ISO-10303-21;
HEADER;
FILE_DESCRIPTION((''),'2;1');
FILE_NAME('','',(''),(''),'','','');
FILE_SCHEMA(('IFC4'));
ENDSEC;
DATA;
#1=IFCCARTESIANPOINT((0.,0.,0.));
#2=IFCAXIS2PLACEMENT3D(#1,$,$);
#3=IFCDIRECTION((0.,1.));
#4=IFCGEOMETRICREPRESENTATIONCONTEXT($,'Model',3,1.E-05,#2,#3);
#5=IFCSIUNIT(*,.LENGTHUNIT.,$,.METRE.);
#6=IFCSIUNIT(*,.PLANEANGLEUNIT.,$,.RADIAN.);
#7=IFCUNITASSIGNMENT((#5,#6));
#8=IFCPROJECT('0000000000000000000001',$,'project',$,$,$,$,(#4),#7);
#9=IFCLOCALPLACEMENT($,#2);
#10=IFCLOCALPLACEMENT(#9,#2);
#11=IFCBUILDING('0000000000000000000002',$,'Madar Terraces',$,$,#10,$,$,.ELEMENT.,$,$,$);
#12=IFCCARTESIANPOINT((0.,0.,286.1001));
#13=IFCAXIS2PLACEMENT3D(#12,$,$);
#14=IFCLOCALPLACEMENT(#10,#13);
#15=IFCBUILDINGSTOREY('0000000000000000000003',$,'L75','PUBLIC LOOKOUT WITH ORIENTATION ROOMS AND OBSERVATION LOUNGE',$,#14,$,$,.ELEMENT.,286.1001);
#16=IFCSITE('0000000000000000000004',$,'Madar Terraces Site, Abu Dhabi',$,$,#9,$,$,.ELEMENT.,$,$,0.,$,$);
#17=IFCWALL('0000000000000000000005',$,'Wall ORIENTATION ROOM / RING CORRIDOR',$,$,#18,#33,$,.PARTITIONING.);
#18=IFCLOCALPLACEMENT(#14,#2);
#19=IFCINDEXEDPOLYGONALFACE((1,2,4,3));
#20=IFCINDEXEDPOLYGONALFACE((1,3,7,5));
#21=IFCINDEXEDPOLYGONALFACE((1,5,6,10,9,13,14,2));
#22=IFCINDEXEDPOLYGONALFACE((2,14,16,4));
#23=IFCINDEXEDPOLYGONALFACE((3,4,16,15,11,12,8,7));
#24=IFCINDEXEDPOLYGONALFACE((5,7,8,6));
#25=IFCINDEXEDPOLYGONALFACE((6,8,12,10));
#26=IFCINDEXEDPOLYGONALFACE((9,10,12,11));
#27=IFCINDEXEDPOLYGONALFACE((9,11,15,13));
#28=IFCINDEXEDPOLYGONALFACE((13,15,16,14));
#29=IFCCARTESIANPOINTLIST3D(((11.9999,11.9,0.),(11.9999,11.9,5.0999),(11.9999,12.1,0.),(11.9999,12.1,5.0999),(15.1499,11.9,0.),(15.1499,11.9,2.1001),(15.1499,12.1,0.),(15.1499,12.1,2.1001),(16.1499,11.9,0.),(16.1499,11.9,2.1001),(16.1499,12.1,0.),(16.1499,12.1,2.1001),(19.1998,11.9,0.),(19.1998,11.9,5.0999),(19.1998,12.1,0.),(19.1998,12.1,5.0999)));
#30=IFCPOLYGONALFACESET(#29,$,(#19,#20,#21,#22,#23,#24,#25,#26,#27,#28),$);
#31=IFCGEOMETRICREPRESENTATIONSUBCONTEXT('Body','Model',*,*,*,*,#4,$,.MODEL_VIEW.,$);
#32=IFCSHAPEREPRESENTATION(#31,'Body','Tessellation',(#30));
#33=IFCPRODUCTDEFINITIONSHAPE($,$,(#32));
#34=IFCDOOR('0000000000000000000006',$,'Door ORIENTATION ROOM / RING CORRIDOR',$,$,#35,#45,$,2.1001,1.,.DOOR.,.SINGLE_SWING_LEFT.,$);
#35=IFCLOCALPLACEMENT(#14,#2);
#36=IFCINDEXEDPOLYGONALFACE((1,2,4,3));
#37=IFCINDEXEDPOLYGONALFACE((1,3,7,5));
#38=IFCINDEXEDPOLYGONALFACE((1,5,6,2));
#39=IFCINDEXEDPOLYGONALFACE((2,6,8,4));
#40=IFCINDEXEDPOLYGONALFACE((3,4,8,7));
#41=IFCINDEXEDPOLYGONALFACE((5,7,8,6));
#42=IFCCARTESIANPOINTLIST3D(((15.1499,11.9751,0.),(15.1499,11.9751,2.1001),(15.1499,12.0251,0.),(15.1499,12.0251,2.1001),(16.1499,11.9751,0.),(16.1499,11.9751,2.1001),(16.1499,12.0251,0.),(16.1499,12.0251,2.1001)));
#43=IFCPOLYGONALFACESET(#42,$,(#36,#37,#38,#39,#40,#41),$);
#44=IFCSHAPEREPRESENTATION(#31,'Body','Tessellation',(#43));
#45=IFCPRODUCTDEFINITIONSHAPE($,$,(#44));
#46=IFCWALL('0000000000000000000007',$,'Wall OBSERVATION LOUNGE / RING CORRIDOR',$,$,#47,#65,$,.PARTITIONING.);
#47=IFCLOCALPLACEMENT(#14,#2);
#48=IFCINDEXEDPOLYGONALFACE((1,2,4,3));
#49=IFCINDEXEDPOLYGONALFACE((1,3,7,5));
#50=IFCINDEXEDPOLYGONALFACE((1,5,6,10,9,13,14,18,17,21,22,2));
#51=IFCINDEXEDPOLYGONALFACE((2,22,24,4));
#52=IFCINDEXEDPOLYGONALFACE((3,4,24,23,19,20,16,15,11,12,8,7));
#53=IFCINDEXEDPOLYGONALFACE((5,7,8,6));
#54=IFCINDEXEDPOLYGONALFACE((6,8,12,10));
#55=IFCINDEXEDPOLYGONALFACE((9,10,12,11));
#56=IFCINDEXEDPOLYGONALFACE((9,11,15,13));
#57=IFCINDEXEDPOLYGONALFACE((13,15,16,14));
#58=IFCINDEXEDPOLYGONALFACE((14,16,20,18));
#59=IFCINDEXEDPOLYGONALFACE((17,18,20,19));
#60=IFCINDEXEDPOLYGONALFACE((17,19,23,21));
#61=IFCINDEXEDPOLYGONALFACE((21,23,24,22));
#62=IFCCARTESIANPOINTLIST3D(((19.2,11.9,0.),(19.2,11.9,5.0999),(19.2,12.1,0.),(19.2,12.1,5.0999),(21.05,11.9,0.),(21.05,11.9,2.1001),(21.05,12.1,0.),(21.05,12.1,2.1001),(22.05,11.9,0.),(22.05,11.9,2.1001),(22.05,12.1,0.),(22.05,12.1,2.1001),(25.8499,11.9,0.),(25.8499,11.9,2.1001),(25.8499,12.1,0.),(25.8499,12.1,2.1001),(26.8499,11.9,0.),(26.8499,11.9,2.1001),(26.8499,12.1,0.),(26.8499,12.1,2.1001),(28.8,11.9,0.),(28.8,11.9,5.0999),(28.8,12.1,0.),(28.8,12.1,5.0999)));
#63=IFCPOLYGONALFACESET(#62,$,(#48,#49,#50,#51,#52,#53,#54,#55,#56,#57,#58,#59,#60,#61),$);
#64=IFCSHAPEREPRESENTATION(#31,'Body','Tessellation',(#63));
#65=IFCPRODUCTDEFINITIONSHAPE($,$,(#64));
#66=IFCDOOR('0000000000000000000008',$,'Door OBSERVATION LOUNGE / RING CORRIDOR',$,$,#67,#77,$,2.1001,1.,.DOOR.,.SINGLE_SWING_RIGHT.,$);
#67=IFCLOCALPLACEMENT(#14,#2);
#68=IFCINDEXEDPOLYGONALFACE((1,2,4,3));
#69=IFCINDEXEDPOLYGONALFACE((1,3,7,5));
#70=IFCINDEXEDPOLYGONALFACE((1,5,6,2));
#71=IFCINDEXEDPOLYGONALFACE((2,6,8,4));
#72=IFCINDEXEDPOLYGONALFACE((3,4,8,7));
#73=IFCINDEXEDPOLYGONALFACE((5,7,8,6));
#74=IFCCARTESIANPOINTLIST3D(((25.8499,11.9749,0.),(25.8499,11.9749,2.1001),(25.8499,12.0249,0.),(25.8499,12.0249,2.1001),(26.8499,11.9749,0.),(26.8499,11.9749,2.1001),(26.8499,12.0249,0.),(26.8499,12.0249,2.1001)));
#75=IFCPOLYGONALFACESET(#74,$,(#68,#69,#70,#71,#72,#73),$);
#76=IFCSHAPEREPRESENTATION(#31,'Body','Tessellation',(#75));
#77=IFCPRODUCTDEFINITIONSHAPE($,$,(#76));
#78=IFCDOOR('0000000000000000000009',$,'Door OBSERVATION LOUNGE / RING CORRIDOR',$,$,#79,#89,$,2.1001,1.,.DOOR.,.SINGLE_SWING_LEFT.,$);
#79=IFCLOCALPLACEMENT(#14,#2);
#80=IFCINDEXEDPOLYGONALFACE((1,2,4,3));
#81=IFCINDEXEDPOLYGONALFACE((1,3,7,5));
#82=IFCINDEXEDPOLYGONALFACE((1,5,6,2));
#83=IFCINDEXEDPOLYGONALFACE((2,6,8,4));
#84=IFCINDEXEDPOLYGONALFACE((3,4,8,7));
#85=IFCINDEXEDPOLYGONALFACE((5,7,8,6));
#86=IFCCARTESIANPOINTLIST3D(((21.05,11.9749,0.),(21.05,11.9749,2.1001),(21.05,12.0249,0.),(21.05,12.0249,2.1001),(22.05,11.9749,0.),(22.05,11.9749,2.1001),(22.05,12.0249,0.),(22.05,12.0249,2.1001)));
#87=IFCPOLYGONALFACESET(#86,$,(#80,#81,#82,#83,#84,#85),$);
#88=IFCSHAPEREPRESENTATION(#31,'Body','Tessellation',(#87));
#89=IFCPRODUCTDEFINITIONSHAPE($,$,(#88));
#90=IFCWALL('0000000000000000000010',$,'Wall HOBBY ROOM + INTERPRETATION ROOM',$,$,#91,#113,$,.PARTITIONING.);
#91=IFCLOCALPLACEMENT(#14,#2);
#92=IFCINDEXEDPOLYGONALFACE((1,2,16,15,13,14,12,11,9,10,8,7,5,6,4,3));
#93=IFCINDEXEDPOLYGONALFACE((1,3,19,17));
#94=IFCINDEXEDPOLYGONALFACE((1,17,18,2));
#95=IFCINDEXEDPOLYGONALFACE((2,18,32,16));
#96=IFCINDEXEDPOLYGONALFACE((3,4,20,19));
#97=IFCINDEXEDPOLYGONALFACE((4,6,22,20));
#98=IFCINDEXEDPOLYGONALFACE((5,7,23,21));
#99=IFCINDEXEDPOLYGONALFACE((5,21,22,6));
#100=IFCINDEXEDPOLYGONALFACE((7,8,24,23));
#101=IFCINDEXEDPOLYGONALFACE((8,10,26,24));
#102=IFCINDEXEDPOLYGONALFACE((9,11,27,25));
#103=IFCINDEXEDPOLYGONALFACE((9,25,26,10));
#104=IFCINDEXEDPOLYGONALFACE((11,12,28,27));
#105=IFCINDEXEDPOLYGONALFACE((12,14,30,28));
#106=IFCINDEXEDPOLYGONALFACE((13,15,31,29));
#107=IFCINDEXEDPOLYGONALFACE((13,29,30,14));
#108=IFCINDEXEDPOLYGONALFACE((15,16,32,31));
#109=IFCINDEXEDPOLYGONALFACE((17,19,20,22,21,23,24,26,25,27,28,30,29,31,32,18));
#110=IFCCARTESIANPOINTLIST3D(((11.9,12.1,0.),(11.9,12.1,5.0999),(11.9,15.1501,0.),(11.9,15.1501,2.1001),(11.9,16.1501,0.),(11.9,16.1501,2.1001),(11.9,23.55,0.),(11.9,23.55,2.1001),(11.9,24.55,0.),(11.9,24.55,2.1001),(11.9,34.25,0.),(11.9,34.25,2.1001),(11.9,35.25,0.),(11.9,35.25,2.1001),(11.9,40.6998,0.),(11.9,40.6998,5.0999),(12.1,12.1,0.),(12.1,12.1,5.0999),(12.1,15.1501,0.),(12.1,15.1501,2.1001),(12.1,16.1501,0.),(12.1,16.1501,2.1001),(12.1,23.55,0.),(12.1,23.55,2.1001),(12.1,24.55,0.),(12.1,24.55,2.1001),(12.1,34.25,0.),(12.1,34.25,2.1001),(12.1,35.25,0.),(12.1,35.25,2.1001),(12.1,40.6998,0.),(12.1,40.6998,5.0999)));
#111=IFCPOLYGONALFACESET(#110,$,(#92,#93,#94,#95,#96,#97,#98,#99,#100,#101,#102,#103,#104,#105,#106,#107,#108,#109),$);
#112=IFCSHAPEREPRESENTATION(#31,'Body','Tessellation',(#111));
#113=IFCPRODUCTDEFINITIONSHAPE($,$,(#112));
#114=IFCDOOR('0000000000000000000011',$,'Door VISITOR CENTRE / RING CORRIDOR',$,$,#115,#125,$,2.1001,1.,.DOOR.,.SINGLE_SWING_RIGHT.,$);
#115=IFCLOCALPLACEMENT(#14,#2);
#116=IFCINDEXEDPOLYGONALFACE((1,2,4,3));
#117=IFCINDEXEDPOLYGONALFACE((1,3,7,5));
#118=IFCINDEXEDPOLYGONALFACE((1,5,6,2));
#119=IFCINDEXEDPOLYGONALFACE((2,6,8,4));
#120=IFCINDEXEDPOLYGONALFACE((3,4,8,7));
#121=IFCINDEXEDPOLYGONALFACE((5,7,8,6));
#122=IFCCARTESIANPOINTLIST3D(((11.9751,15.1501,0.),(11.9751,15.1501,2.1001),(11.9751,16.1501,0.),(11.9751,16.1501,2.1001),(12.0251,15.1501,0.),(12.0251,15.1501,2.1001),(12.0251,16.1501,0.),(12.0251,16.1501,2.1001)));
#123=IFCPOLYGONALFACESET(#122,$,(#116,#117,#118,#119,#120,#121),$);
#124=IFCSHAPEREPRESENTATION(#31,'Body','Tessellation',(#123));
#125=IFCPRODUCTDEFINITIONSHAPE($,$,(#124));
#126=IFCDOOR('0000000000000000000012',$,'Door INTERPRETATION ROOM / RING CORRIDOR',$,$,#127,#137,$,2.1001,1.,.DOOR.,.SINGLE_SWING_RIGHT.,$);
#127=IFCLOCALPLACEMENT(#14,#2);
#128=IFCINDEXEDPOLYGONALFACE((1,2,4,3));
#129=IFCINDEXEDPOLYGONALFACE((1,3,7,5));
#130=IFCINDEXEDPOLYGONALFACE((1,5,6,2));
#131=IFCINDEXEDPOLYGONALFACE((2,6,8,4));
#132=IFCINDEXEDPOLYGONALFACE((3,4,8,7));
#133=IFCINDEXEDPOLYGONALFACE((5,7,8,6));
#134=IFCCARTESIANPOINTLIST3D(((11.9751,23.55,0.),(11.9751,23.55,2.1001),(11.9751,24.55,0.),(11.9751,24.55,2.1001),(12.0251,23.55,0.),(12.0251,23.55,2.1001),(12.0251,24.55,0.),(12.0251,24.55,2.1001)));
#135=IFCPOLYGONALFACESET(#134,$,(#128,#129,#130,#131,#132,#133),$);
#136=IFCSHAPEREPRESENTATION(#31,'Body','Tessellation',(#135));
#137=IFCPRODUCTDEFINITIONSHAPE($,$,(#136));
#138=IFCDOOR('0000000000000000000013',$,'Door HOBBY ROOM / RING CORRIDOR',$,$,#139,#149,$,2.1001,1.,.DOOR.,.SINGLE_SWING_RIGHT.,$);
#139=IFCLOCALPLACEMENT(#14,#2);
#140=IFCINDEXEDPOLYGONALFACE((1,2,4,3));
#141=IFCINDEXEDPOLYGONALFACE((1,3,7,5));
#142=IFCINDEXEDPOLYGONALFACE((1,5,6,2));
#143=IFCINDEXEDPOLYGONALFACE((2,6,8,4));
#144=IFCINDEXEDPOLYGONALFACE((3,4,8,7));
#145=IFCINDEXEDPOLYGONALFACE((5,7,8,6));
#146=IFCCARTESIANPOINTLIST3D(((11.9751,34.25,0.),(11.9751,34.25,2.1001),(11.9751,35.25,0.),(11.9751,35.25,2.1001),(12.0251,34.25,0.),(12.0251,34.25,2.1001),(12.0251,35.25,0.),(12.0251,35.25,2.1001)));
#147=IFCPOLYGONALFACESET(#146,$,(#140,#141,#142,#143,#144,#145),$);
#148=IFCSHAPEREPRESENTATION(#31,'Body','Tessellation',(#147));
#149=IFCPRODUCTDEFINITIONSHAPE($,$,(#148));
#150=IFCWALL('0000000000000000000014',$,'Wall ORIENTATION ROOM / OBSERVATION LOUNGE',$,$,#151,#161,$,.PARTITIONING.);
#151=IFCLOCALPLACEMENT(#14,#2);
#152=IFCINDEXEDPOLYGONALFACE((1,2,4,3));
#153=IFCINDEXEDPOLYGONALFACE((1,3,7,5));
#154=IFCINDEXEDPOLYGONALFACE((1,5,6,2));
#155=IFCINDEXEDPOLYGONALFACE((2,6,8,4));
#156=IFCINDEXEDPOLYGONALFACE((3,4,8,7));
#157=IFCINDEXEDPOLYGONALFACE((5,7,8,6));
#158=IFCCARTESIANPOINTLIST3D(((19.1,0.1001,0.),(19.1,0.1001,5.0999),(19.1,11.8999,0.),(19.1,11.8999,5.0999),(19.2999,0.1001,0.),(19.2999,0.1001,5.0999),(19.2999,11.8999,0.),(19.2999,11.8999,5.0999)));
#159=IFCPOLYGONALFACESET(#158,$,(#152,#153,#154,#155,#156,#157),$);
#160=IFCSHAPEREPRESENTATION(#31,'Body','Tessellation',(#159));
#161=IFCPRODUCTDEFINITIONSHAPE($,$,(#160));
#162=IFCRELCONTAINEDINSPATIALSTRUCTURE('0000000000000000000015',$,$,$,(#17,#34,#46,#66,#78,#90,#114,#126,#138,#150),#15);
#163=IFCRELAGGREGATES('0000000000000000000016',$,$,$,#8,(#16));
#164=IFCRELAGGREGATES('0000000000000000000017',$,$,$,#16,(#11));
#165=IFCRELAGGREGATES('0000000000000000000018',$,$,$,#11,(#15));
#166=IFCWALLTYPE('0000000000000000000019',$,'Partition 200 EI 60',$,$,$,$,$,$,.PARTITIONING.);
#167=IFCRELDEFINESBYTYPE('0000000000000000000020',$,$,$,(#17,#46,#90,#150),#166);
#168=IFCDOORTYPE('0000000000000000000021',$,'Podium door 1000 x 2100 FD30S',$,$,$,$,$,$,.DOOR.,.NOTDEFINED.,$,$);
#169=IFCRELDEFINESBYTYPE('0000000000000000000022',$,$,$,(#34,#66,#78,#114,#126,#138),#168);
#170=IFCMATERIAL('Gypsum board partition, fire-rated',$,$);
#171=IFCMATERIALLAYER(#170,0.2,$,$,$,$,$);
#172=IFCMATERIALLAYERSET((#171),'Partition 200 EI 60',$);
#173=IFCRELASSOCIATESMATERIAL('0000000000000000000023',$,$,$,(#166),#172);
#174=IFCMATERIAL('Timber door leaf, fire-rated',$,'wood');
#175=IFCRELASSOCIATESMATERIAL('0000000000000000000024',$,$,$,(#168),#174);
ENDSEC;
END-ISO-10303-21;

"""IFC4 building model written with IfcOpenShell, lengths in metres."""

from ifc_helpers import new_model, si_unit, direction, frame, frame_2d, origin, place, context, subcontext, project, spatial, rectangle, extrude, material, layer, layer_set, type_object, element, fill, save


model = new_model("IFC4")

# Units and contexts
model_context = context("Model", 3, precision=1e-05, world=origin(), true_north=direction((0.0, 1.0)))
body_context = subcontext(model_context, "Body", "Model", "MODEL_VIEW")
ifc_project = project(units=[si_unit("LENGTHUNIT", "METRE"), si_unit("PLANEANGLEUNIT", "RADIAN")], contexts=[model_context])

# Site, building, storey
site_placement = place(None, origin())
site = spatial("IfcSite", under=ifc_project, at=site_placement, Name="Madar Terraces Site, Abu Dhabi", CompositionType="ELEMENT", RefElevation=0.0)
building_placement = place(site_placement, origin())
building = spatial("IfcBuilding", under=site, at=building_placement, Name="Madar Terraces", CompositionType="ELEMENT")
storey_placement = place(building_placement, frame((0.0, 0.0, 286.1001)))
storey = spatial("IfcBuildingStorey", under=building, at=storey_placement, Name="L75", Description="PUBLIC LOOKOUT WITH ORIENTATION ROOMS AND OBSERVATION LOUNGE", CompositionType="ELEMENT", Elevation=286.1001)

# Wall, opening, door
ifc_material_1 = material(Name="Gypsum board partition, fire-rated")
ifc_layer_1 = layer(ifc_material_1, 0.2)
ifc_layer_set_1 = layer_set([ifc_layer_1], Name="Partition 200 EI 60")
wall_type_1 = type_object("IfcWallType", Name="Partition 200 EI 60", PredefinedType="PARTITIONING", material=ifc_layer_set_1)
wall_1_placement = place(storey_placement, frame((19.2, 12.0, 0.0), z_axis=(0.0, 0.0, 1.0), x_axis=(-1.0, 0.0, 0.0)))
wall_1 = element("IfcWall", 1, at=wall_1_placement, inside=storey, type_object=wall_type_1, Name="Wall ORIENTATION ROOM / RING CORRIDOR", PredefinedType="PARTITIONING", context=body_context, shape_type="SweptSolid", body=[
    extrude(rectangle(XDim=7.2, YDim=0.2, at=frame_2d((3.6001, 0.0))), origin(), (0.0, 0.0, 1.0), 5.0999),
])
opening_1_placement = place(wall_1_placement, frame((3.05, 0.0, 0.0)))
opening_1 = element("IfcOpeningElement", 2, at=opening_1_placement, cuts=wall_1, PredefinedType="OPENING", context=body_context, shape_type="SweptSolid", body=[
    extrude(rectangle(XDim=1.0, YDim=2.1001, at=frame_2d((0.5, 1.05))), frame((0.0, 0.1099, 0.0), z_axis=(0.0, -1.0, 0.0), x_axis=(1.0, 0.0, 0.0)), (0.0, 0.0, 1.0), 0.22),
])
ifc_material_2 = material(Name="Timber door leaf, fire-rated", Category="wood")
door_type_1 = type_object("IfcDoorType", Name="Podium door 1000 x 2100 FD30S", OperationType="NOTDEFINED", PredefinedType="DOOR", material=ifc_material_2)
door_1_placement = place(opening_1_placement, origin())
door_1 = element("IfcDoor", 3, at=door_1_placement, inside=storey, type_object=door_type_1, Name="Door ORIENTATION ROOM / RING CORRIDOR", OperationType="SINGLE_SWING_LEFT", OverallHeight=2.1001, OverallWidth=1.0, PredefinedType="DOOR", context=body_context, shape_type="SweptSolid", body=[
    extrude(rectangle(XDim=1.0, YDim=2.1001, at=frame_2d((0.5, 1.05))), frame((0.0, 0.0249, 0.0), z_axis=(0.0, -1.0, 0.0), x_axis=(1.0, 0.0, 0.0)), (0.0, 0.0, 1.0), 0.05),
])
fill(opening_1, door_1)

# Walls, openings, doors
wall_2_placement = place(storey_placement, frame((19.2, 12.0, 0.0), z_axis=(0.0, 0.0, 1.0), x_axis=(1.0, 0.0, 0.0)))
wall_2 = element("IfcWall", 4, at=wall_2_placement, inside=storey, type_object=wall_type_1, Name="Wall OBSERVATION LOUNGE / RING CORRIDOR", PredefinedType="PARTITIONING", context=body_context, shape_type="SweptSolid", body=[
    extrude(rectangle(XDim=9.6001, YDim=0.2, at=frame_2d((4.8, 0.0))), origin(), (0.0, 0.0, 1.0), 5.0999),
])
opening_2_placement = place(wall_2_placement, frame((6.6499, 0.0, 0.0)))
opening_2 = element("IfcOpeningElement", 5, at=opening_2_placement, cuts=wall_2, PredefinedType="OPENING", context=body_context, shape_type="SweptSolid", body=[
    extrude(rectangle(XDim=1.0, YDim=2.1001, at=frame_2d((0.5, 1.05))), frame((0.0, 0.1099, 0.0), z_axis=(0.0, -1.0, 0.0), x_axis=(1.0, 0.0, 0.0)), (0.0, 0.0, 1.0), 0.22),
])
opening_3_placement = place(wall_2_placement, frame((1.8501, 0.0, 0.0)))
opening_3 = element("IfcOpeningElement", 6, at=opening_3_placement, cuts=wall_2, PredefinedType="OPENING", context=body_context, shape_type="SweptSolid", body=[
    extrude(rectangle(XDim=1.0, YDim=2.1001, at=frame_2d((0.5, 1.05))), frame((0.0, 0.1099, 0.0), z_axis=(0.0, -1.0, 0.0), x_axis=(1.0, 0.0, 0.0)), (0.0, 0.0, 1.0), 0.22),
])
door_2_placement = place(opening_2_placement, origin())
door_2 = element("IfcDoor", 7, at=door_2_placement, inside=storey, type_object=door_type_1, Name="Door OBSERVATION LOUNGE / RING CORRIDOR", OperationType="SINGLE_SWING_RIGHT", OverallHeight=2.1001, OverallWidth=1.0, PredefinedType="DOOR", context=body_context, shape_type="SweptSolid", body=[
    extrude(rectangle(XDim=1.0, YDim=2.1001, at=frame_2d((0.5, 1.05))), frame((0.0, 0.0249, 0.0), z_axis=(0.0, -1.0, 0.0), x_axis=(1.0, 0.0, 0.0)), (0.0, 0.0, 1.0), 0.05),
])
fill(opening_2, door_2)
door_3_placement = place(opening_3_placement, origin())
door_3 = element("IfcDoor", 8, at=door_3_placement, inside=storey, type_object=door_type_1, Name="Door OBSERVATION LOUNGE / RING CORRIDOR", OperationType="SINGLE_SWING_LEFT", OverallHeight=2.1001, OverallWidth=1.0, PredefinedType="DOOR", context=body_context, shape_type="SweptSolid", body=[
    extrude(rectangle(XDim=1.0, YDim=2.1001, at=frame_2d((0.5, 1.05))), frame((0.0, 0.0249, 0.0), z_axis=(0.0, -1.0, 0.0), x_axis=(1.0, 0.0, 0.0)), (0.0, 0.0, 1.0), 0.05),
])
fill(opening_3, door_3)
wall_3_placement = place(storey_placement, frame((12.0, 12.1001, 0.0), z_axis=(0.0, 0.0, 1.0), x_axis=(0.0, 1.0, 0.0)))
wall_3 = element("IfcWall", 9, at=wall_3_placement, inside=storey, type_object=wall_type_1, Name="Wall HOBBY ROOM + INTERPRETATION ROOM", PredefinedType="PARTITIONING", context=body_context, shape_type="SweptSolid", body=[
    extrude(rectangle(XDim=28.5999, YDim=0.2, at=frame_2d((14.2998, 0.0))), origin(), (0.0, 0.0, 1.0), 5.0999),
])
opening_4_placement = place(wall_3_placement, frame((3.05, 0.0, 0.0)))
opening_4 = element("IfcOpeningElement", 10, at=opening_4_placement, cuts=wall_3, PredefinedType="OPENING", context=body_context, shape_type="SweptSolid", body=[
    extrude(rectangle(XDim=1.0, YDim=2.1001, at=frame_2d((0.5, 1.05))), frame((0.0, 0.1099, 0.0), z_axis=(0.0, -1.0, 0.0), x_axis=(1.0, 0.0, 0.0)), (0.0, 0.0, 1.0), 0.22),
])
opening_5_placement = place(wall_3_placement, frame((11.45, 0.0, 0.0)))
opening_5 = element("IfcOpeningElement", 11, at=opening_5_placement, cuts=wall_3, PredefinedType="OPENING", context=body_context, shape_type="SweptSolid", body=[
    extrude(rectangle(XDim=1.0, YDim=2.1001, at=frame_2d((0.5, 1.05))), frame((0.0, 0.1099, 0.0), z_axis=(0.0, -1.0, 0.0), x_axis=(1.0, 0.0, 0.0)), (0.0, 0.0, 1.0), 0.22),
])
opening_6_placement = place(wall_3_placement, frame((22.1499, 0.0, 0.0)))
opening_6 = element("IfcOpeningElement", 12, at=opening_6_placement, cuts=wall_3, PredefinedType="OPENING", context=body_context, shape_type="SweptSolid", body=[
    extrude(rectangle(XDim=1.0, YDim=2.1001, at=frame_2d((0.5, 1.05))), frame((0.0, 0.1099, 0.0), z_axis=(0.0, -1.0, 0.0), x_axis=(1.0, 0.0, 0.0)), (0.0, 0.0, 1.0), 0.22),
])
door_4_placement = place(opening_4_placement, origin())
door_4 = element("IfcDoor", 13, at=door_4_placement, inside=storey, type_object=door_type_1, Name="Door VISITOR CENTRE / RING CORRIDOR", OperationType="SINGLE_SWING_RIGHT", OverallHeight=2.1001, OverallWidth=1.0, PredefinedType="DOOR", context=body_context, shape_type="SweptSolid", body=[
    extrude(rectangle(XDim=1.0, YDim=2.1001, at=frame_2d((0.5, 1.05))), frame((0.0, 0.0249, 0.0), z_axis=(0.0, -1.0, 0.0), x_axis=(1.0, 0.0, 0.0)), (0.0, 0.0, 1.0), 0.05),
])
fill(opening_4, door_4)
door_5_placement = place(opening_5_placement, origin())
door_5 = element("IfcDoor", 14, at=door_5_placement, inside=storey, type_object=door_type_1, Name="Door INTERPRETATION ROOM / RING CORRIDOR", OperationType="SINGLE_SWING_RIGHT", OverallHeight=2.1001, OverallWidth=1.0, PredefinedType="DOOR", context=body_context, shape_type="SweptSolid", body=[
    extrude(rectangle(XDim=1.0, YDim=2.1001, at=frame_2d((0.5, 1.05))), frame((0.0, 0.0249, 0.0), z_axis=(0.0, -1.0, 0.0), x_axis=(1.0, 0.0, 0.0)), (0.0, 0.0, 1.0), 0.05),
])
fill(opening_5, door_5)
door_6_placement = place(opening_6_placement, origin())
door_6 = element("IfcDoor", 15, at=door_6_placement, inside=storey, type_object=door_type_1, Name="Door HOBBY ROOM / RING CORRIDOR", OperationType="SINGLE_SWING_RIGHT", OverallHeight=2.1001, OverallWidth=1.0, PredefinedType="DOOR", context=body_context, shape_type="SweptSolid", body=[
    extrude(rectangle(XDim=1.0, YDim=2.1001, at=frame_2d((0.5, 1.05))), frame((0.0, 0.0249, 0.0), z_axis=(0.0, -1.0, 0.0), x_axis=(1.0, 0.0, 0.0)), (0.0, 0.0, 1.0), 0.05),
])
fill(opening_6, door_6)

# Wall
wall_4_placement = place(storey_placement, frame((19.2, 0.1001, 0.0), z_axis=(0.0, 0.0, 1.0), x_axis=(0.0, 1.0, 0.0)))
element("IfcWall", 16, at=wall_4_placement, inside=storey, type_object=wall_type_1, Name="Wall ORIENTATION ROOM / OBSERVATION LOUNGE", PredefinedType="PARTITIONING", context=body_context, shape_type="SweptSolid", body=[
    extrude(rectangle(XDim=11.7998, YDim=0.2, at=frame_2d((5.8999, 0.0))), origin(), (0.0, 0.0, 1.0), 5.0999),
])

save(model, "model.ifc")
